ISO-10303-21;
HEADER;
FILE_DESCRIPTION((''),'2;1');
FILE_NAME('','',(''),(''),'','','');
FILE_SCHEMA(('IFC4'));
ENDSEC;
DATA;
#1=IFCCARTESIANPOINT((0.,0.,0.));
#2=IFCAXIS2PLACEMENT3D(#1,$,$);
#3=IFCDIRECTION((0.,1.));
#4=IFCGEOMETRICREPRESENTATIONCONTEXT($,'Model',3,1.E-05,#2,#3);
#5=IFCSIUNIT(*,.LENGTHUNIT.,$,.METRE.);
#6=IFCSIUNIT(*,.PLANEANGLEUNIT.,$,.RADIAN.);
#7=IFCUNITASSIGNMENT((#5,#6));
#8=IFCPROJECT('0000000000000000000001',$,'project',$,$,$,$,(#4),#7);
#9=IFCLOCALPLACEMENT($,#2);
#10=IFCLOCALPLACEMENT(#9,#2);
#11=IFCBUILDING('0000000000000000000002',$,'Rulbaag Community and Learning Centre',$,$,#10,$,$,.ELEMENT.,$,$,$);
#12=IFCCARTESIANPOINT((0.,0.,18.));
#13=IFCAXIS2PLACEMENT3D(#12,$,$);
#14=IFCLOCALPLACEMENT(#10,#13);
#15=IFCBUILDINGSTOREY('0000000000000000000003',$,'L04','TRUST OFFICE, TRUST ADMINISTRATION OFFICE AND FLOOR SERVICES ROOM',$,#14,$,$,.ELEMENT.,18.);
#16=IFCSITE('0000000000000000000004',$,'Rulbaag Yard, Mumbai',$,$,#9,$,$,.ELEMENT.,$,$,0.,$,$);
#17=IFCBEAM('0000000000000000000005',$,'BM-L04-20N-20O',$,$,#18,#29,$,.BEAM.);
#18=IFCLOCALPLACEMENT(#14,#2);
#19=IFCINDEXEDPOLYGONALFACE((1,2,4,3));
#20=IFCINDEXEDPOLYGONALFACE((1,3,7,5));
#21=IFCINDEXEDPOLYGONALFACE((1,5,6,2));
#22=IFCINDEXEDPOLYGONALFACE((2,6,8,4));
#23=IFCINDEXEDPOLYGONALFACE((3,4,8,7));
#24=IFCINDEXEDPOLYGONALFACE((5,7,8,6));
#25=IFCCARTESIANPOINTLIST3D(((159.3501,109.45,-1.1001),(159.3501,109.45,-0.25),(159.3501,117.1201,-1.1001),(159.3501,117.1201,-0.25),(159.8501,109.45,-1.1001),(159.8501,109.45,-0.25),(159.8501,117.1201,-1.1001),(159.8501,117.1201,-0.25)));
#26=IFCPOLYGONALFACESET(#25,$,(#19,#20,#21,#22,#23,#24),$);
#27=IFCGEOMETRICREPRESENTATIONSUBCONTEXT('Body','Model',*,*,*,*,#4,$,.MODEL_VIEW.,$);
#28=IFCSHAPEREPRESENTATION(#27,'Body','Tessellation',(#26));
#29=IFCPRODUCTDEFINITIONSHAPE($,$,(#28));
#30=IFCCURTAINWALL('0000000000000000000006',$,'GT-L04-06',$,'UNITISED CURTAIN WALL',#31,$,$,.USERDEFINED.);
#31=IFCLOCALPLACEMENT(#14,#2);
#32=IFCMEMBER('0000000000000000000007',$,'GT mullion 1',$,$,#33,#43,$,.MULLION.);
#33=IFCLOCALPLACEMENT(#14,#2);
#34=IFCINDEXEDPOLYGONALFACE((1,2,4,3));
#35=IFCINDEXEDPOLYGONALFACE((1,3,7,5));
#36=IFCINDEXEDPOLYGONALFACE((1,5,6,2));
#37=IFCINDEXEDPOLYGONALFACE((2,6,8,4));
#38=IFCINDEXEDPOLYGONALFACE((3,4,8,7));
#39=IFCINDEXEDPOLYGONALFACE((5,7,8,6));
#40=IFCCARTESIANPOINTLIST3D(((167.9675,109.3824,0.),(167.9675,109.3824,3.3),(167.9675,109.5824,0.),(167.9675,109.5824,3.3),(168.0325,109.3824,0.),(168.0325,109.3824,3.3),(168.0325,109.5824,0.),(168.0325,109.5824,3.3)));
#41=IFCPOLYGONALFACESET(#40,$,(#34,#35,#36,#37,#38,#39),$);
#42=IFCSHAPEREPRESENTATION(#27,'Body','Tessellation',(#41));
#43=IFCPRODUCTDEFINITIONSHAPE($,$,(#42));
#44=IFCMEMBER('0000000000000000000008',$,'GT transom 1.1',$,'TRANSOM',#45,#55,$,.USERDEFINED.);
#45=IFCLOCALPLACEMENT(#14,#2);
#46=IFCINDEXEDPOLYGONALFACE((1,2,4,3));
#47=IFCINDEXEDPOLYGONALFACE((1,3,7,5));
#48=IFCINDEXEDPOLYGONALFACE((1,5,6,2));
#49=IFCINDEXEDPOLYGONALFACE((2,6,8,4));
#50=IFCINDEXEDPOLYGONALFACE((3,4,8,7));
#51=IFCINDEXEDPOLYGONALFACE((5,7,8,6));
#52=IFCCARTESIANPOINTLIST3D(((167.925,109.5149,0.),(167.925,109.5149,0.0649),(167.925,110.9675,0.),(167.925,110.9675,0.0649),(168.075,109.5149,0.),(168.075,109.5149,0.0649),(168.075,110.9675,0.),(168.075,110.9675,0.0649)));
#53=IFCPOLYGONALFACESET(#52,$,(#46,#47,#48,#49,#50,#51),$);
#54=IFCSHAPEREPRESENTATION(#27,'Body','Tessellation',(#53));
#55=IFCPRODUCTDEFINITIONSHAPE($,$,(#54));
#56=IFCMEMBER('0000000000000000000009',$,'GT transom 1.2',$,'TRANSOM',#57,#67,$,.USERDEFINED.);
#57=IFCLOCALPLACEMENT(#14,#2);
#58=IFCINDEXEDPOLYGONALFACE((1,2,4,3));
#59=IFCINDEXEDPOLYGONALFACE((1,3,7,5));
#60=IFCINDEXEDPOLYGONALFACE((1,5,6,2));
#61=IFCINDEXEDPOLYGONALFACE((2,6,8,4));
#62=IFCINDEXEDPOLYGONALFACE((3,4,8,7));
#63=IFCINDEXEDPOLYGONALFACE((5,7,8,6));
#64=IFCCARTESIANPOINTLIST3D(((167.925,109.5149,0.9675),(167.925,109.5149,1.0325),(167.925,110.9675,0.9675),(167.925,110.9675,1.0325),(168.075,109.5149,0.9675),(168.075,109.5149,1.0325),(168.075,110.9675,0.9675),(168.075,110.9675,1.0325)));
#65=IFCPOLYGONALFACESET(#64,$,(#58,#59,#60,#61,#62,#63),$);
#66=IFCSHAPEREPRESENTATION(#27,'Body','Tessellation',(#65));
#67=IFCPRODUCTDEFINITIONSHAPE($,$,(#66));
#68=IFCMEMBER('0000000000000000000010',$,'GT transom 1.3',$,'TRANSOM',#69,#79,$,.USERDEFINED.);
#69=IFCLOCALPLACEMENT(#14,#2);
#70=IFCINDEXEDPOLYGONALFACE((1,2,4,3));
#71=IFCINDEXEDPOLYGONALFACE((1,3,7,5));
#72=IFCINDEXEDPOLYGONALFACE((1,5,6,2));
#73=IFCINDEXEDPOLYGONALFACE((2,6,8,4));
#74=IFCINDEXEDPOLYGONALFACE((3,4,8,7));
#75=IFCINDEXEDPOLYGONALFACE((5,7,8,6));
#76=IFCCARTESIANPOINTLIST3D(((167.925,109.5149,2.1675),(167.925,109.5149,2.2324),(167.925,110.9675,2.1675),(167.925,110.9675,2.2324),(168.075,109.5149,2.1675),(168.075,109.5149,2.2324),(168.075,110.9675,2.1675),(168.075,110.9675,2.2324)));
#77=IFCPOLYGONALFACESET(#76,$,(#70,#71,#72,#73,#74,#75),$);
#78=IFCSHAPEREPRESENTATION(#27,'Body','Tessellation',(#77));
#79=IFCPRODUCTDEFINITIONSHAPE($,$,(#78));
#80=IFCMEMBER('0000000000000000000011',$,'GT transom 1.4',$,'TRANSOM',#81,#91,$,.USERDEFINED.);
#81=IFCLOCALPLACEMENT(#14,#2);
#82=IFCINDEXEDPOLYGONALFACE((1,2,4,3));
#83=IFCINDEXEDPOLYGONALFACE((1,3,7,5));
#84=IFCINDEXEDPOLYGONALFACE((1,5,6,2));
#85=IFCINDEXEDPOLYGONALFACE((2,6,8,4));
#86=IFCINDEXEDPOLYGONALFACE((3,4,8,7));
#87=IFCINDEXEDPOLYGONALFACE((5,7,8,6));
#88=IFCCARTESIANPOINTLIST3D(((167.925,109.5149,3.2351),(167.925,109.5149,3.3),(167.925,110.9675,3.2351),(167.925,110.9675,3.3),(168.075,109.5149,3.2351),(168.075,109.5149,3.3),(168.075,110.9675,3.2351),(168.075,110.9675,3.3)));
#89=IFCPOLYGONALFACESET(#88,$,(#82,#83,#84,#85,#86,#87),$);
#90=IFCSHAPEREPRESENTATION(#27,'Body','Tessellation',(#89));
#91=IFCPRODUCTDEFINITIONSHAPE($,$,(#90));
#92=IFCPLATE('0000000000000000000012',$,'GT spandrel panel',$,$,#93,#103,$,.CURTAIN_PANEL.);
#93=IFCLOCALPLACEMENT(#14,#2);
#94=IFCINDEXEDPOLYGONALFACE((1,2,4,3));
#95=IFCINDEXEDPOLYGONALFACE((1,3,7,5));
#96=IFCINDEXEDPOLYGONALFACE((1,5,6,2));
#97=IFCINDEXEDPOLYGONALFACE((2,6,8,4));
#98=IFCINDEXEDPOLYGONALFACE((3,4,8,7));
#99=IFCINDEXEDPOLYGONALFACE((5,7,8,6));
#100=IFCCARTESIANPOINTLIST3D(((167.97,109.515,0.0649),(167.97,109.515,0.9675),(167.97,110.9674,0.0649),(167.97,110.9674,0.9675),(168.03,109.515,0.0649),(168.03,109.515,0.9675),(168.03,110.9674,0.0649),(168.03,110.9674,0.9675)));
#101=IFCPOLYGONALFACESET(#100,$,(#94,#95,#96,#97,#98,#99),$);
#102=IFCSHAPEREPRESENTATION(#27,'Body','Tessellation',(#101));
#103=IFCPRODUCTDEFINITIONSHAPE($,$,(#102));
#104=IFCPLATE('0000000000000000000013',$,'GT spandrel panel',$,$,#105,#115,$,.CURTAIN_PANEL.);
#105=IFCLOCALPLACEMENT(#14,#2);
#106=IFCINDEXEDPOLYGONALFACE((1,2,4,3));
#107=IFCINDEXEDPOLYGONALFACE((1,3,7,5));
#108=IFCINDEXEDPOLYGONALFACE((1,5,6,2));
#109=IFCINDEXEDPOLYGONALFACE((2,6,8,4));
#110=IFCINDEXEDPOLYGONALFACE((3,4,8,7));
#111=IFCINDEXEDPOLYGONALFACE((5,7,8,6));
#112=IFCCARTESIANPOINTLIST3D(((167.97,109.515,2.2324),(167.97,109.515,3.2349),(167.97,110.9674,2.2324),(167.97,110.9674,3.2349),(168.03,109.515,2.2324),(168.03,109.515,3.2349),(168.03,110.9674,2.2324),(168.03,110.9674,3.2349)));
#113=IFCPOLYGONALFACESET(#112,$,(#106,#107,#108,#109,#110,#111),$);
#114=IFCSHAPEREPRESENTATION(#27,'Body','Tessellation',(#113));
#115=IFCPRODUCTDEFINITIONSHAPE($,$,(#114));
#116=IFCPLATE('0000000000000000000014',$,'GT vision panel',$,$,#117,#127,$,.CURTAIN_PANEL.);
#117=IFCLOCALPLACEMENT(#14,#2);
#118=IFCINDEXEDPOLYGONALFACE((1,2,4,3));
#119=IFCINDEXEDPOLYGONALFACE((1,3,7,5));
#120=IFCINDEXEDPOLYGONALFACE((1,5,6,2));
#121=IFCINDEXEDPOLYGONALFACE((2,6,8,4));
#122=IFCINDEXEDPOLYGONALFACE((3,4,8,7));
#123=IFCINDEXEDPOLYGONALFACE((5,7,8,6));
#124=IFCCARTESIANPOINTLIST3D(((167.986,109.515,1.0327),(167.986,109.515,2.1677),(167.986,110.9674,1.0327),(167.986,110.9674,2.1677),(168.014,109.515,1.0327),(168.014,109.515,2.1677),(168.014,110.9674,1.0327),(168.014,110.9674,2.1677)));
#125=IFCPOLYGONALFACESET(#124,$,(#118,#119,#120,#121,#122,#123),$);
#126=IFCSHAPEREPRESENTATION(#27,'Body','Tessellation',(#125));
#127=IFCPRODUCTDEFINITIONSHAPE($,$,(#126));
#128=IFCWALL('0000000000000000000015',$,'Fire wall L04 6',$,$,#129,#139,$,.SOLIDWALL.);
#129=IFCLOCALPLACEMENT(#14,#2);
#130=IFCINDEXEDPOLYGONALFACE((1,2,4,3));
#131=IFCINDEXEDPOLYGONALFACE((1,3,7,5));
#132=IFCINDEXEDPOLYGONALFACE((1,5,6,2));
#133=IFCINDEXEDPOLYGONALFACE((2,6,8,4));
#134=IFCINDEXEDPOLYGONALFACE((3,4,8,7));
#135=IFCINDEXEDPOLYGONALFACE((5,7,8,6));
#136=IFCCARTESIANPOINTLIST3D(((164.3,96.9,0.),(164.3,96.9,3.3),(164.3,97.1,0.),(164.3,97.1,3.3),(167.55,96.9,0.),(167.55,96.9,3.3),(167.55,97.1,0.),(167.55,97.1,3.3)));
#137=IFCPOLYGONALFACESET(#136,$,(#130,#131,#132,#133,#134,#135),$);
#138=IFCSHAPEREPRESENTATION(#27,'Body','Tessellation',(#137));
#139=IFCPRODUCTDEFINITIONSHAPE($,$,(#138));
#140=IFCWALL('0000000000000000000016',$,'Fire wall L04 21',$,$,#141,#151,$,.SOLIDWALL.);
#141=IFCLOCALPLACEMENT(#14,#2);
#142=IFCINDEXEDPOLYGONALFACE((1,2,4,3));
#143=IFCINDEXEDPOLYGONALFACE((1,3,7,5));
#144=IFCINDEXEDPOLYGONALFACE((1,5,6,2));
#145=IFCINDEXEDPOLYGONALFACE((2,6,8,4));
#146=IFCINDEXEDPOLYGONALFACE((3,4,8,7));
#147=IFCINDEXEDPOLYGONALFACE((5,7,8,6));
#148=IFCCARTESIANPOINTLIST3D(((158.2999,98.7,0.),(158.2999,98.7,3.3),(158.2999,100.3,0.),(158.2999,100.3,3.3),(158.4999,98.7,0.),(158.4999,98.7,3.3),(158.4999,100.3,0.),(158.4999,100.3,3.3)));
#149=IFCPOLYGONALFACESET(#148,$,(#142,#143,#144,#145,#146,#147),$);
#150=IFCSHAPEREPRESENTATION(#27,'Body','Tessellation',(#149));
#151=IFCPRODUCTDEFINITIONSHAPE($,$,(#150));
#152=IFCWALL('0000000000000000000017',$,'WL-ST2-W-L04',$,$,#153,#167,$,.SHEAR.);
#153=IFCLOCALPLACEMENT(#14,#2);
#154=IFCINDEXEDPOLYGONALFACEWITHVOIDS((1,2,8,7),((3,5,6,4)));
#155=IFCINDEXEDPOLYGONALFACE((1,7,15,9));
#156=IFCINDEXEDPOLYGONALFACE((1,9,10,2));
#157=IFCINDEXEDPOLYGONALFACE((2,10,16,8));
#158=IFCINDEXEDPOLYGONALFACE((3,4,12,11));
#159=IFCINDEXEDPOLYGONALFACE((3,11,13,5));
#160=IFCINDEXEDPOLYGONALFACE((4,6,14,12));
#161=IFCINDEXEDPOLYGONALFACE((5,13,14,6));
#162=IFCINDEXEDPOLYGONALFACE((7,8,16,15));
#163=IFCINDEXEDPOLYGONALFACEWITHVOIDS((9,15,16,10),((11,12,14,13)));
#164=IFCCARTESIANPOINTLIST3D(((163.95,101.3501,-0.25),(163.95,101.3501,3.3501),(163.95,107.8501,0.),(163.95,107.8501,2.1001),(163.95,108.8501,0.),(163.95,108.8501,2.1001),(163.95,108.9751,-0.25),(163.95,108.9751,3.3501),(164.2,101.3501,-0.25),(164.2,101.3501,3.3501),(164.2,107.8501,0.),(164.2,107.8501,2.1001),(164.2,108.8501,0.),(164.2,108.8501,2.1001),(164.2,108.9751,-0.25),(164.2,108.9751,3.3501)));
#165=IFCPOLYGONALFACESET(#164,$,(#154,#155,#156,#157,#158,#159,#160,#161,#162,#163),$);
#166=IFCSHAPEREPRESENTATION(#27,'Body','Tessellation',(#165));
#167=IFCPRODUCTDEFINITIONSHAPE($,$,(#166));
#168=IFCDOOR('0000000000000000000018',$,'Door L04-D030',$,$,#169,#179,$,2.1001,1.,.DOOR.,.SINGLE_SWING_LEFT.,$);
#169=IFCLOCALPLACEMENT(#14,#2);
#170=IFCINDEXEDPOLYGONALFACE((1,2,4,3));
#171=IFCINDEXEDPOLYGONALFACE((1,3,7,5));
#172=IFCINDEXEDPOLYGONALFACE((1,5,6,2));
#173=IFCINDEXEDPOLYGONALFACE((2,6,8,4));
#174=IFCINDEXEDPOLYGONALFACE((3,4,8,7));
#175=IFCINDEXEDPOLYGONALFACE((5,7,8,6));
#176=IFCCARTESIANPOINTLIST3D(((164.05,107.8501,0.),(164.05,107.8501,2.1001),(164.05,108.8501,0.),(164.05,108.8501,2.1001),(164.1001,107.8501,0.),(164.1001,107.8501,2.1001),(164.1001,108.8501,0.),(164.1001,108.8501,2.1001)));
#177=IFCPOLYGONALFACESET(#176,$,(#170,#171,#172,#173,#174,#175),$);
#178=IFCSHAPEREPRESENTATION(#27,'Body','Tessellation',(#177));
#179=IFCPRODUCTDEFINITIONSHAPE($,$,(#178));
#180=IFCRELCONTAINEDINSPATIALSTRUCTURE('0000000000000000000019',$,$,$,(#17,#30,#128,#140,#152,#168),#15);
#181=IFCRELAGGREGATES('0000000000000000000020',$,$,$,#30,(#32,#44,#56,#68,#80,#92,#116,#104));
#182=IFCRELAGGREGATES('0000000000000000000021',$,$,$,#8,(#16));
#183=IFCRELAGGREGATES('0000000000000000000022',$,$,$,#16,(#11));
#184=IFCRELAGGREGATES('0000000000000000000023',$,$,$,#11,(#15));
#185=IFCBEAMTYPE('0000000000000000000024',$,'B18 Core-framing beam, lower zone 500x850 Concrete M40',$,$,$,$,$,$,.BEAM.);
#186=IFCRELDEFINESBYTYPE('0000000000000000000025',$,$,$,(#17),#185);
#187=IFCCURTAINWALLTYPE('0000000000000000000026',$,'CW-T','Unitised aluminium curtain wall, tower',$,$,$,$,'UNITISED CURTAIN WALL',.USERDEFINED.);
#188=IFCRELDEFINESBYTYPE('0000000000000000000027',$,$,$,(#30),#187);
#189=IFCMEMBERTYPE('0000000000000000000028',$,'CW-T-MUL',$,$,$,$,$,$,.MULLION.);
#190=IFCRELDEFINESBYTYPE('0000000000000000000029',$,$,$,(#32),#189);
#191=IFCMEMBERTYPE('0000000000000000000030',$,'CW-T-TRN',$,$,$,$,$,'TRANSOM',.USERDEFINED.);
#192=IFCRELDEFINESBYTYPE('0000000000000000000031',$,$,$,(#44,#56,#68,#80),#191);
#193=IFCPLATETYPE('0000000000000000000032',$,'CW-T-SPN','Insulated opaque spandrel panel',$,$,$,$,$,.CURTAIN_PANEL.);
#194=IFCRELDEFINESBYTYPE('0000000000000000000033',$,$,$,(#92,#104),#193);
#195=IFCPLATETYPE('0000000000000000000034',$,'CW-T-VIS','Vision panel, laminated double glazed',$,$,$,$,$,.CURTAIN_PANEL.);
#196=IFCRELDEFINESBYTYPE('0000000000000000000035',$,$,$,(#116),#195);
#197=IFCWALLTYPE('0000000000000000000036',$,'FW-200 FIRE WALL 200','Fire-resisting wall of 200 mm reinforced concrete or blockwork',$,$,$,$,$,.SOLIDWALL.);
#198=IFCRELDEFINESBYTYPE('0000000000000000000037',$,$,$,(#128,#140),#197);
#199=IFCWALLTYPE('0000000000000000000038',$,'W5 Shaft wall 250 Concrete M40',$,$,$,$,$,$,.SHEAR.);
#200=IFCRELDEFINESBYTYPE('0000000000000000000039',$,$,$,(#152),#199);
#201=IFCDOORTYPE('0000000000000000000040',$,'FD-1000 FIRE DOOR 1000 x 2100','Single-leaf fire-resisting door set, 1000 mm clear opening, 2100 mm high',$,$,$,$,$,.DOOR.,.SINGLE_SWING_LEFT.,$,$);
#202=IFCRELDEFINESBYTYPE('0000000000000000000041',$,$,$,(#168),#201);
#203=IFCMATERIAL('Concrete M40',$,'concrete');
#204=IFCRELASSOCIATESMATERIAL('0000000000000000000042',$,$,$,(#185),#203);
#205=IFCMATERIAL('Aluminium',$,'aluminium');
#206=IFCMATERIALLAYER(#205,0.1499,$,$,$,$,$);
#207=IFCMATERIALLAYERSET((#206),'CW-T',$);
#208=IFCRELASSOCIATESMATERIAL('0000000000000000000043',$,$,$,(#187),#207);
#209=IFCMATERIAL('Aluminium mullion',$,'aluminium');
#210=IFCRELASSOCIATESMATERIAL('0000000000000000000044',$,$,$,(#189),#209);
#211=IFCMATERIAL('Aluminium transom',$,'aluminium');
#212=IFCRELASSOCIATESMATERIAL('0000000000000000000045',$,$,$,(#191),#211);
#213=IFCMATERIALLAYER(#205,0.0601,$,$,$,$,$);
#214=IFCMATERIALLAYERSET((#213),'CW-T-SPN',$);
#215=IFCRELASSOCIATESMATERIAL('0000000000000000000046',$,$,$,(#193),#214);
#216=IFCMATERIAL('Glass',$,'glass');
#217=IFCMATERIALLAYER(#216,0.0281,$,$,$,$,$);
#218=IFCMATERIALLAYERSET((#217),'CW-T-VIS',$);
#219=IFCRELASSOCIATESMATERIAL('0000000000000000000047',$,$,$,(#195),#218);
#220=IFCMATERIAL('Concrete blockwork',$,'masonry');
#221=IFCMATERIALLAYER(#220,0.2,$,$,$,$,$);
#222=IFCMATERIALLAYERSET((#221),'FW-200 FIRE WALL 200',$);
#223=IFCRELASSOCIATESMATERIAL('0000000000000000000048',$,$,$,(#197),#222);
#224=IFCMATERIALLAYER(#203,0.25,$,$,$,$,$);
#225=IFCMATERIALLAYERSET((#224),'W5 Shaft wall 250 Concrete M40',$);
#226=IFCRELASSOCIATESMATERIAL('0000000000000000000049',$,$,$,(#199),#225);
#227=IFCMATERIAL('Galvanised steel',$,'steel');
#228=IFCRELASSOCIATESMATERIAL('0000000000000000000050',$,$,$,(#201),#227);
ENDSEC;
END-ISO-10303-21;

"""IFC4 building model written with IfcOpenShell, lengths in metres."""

from ifc_helpers import new_model, si_unit, direction, frame, frame_2d, origin, origin_2d, place, context, subcontext, project, spatial, rectangle, extrude, material, layer, layer_set, material_profile, profile_set, type_object, element, fill, aggregate, save


model = new_model("IFC4")

# Units and contexts
model_context = context("Model", 3, precision=1e-05, world=origin(), true_north=direction((0.0, 1.0)))
body_context = subcontext(model_context, "Body", "Model", "MODEL_VIEW")
ifc_project = project(units=[si_unit("LENGTHUNIT", "METRE"), si_unit("PLANEANGLEUNIT", "RADIAN")], contexts=[model_context])

# Site, building, storey
site_placement = place(None, origin())
site = spatial("IfcSite", under=ifc_project, at=site_placement, Name="Rulbaag Yard, Mumbai", CompositionType="ELEMENT", RefElevation=0.0)
building_placement = place(site_placement, origin())
building = spatial("IfcBuilding", under=site, at=building_placement, Name="Rulbaag Community and Learning Centre", CompositionType="ELEMENT")
storey_placement = place(building_placement, frame((0.0, 0.0, 18.0)))
storey = spatial("IfcBuildingStorey", under=building, at=storey_placement, Name="L04", Description="TRUST OFFICE, TRUST ADMINISTRATION OFFICE AND FLOOR SERVICES ROOM", CompositionType="ELEMENT", Elevation=18.0)

# Beam
ifc_material_1 = material(Name="Concrete M40", Category="concrete")
ifc_material_profile_1 = material_profile(ifc_material_1, rectangle(XDim=0.5, YDim=0.8501, at=origin_2d()), Name="RB500x850")
ifc_profile_set_1 = profile_set([ifc_material_profile_1], Name="Concrete M40")
beam_type = type_object("IfcBeamType", Name="B18 Core-framing beam, lower zone 500x850 Concrete M40", PredefinedType="BEAM", material=ifc_profile_set_1)
beam_placement = place(storey_placement, frame((159.6001, 109.45, -0.675), z_axis=(0.0, 1.0, 0.0), x_axis=(-1.0, 0.0, 0.0)))
element("IfcBeam", 1, at=beam_placement, inside=storey, type_object=beam_type, Name="BM-L04-20N-20O", PredefinedType="BEAM", context=body_context, shape_type="SweptSolid", body=[
    extrude(rectangle(XDim=0.5, YDim=0.8501, at=origin_2d()), origin(), (0.0, 0.0, 1.0), 7.6702),
])

# Curtain wall, members, plates
ifc_material_2 = material(Name="Aluminium", Category="aluminium")
ifc_layer_1 = layer(ifc_material_2, 0.1499)
ifc_layer_set_1 = layer_set([ifc_layer_1], Name="CW-T")
curtain_wall_type = type_object("IfcCurtainWallType", Name="CW-T", Description="Unitised aluminium curtain wall, tower", ElementType="UNITISED CURTAIN WALL", PredefinedType="USERDEFINED", material=ifc_layer_set_1)
curtain_wall_placement = place(storey_placement, origin())
curtain_wall = element("IfcCurtainWall", 2, at=curtain_wall_placement, inside=storey, type_object=curtain_wall_type, Name="GT-L04-06", ObjectType="UNITISED CURTAIN WALL", PredefinedType="USERDEFINED")
ifc_material_3 = material(Name="Aluminium mullion", Category="aluminium")
ifc_material_profile_2 = material_profile(ifc_material_3, rectangle(XDim=0.0649, YDim=0.2, at=origin_2d()), Name="AL 65x200")
ifc_profile_set_2 = profile_set([ifc_material_profile_2], Name="Aluminium mullion")
member_type_1 = type_object("IfcMemberType", Name="CW-T-MUL", PredefinedType="MULLION", material=ifc_profile_set_2)
member_1_placement = place(storey_placement, frame((168.0, 109.4824, 0.0), z_axis=(0.0, 0.0, 1.0), x_axis=(-1.0, 0.0, 0.0)))
member_1 = element("IfcMember", 3, at=member_1_placement, type_object=member_type_1, Name="GT mullion 1", PredefinedType="MULLION", context=body_context, shape_type="SweptSolid", body=[
    extrude(rectangle(XDim=0.0649, YDim=0.2, at=origin_2d()), origin(), (0.0, 0.0, 1.0), 3.3),
])
ifc_material_4 = material(Name="Aluminium transom", Category="aluminium")
ifc_material_profile_3 = material_profile(ifc_material_4, rectangle(XDim=0.1499, YDim=0.0649, at=origin_2d()), Name="AL 65x150 T")
ifc_profile_set_3 = profile_set([ifc_material_profile_3], Name="Aluminium transom")
member_type_2 = type_object("IfcMemberType", Name="CW-T-TRN", ElementType="TRANSOM", PredefinedType="USERDEFINED", material=ifc_profile_set_3)
member_2_placement = place(storey_placement, frame((168.0, 109.5149, 0.0325), z_axis=(0.0, 1.0, 0.0), x_axis=(-1.0, 0.0, 0.0)))
member_2 = element("IfcMember", 4, at=member_2_placement, type_object=member_type_2, Name="GT transom 1.1", ObjectType="TRANSOM", PredefinedType="USERDEFINED", context=body_context, shape_type="SweptSolid", body=[
    extrude(rectangle(XDim=0.1499, YDim=0.0649, at=origin_2d()), origin(), (0.0, 0.0, 1.0), 1.4526),
])
member_3_placement = place(storey_placement, frame((168.0, 109.5149, 1.0), z_axis=(0.0, 1.0, 0.0), x_axis=(-1.0, 0.0, 0.0)))
member_3 = element("IfcMember", 5, at=member_3_placement, type_object=member_type_2, Name="GT transom 1.2", ObjectType="TRANSOM", PredefinedType="USERDEFINED", context=body_context, shape_type="SweptSolid", body=[
    extrude(rectangle(XDim=0.1499, YDim=0.0649, at=origin_2d()), origin(), (0.0, 0.0, 1.0), 1.4526),
])
member_4_placement = place(storey_placement, frame((168.0, 109.5149, 2.2), z_axis=(0.0, 1.0, 0.0), x_axis=(-1.0, 0.0, 0.0)))
member_4 = element("IfcMember", 6, at=member_4_placement, type_object=member_type_2, Name="GT transom 1.3", ObjectType="TRANSOM", PredefinedType="USERDEFINED", context=body_context, shape_type="SweptSolid", body=[
    extrude(rectangle(XDim=0.1499, YDim=0.0649, at=origin_2d()), origin(), (0.0, 0.0, 1.0), 1.4526),
])
member_5_placement = place(storey_placement, frame((168.0, 109.5149, 3.2676), z_axis=(0.0, 1.0, 0.0), x_axis=(-1.0, 0.0, 0.0)))
member_5 = element("IfcMember", 7, at=member_5_placement, type_object=member_type_2, Name="GT transom 1.4", ObjectType="TRANSOM", PredefinedType="USERDEFINED", context=body_context, shape_type="SweptSolid", body=[
    extrude(rectangle(XDim=0.1499, YDim=0.0649, at=origin_2d()), origin(), (0.0, 0.0, 1.0), 1.4526),
])
ifc_layer_2 = layer(ifc_material_2, 0.0601)
ifc_layer_set_2 = layer_set([ifc_layer_2], Name="CW-T-SPN")
plate_type_1 = type_object("IfcPlateType", Name="CW-T-SPN", Description="Insulated opaque spandrel panel", PredefinedType="CURTAIN_PANEL", material=ifc_layer_set_2)
plate_1_placement = place(storey_placement, frame((168.0, 110.2412, 0.0649), z_axis=(0.0, 0.0, 1.0), x_axis=(0.0, 1.0, 0.0)))
plate_1 = element("IfcPlate", 8, at=plate_1_placement, type_object=plate_type_1, Name="GT spandrel panel", PredefinedType="CURTAIN_PANEL", context=body_context, shape_type="SweptSolid", body=[
    extrude(rectangle(XDim=1.4524, YDim=0.0601, at=origin_2d()), origin(), (0.0, 0.0, 1.0), 0.9026),
])
plate_2_placement = place(storey_placement, frame((168.0, 110.2412, 2.2324), z_axis=(0.0, 0.0, 1.0), x_axis=(0.0, 1.0, 0.0)))
plate_2 = element("IfcPlate", 9, at=plate_2_placement, type_object=plate_type_1, Name="GT spandrel panel", PredefinedType="CURTAIN_PANEL", context=body_context, shape_type="SweptSolid", body=[
    extrude(rectangle(XDim=1.4524, YDim=0.0601, at=origin_2d()), origin(), (0.0, 0.0, 1.0), 1.0024),
])
ifc_material_5 = material(Name="Glass", Category="glass")
ifc_layer_3 = layer(ifc_material_5, 0.0281)
ifc_layer_set_3 = layer_set([ifc_layer_3], Name="CW-T-VIS")
plate_type_2 = type_object("IfcPlateType", Name="CW-T-VIS", Description="Vision panel, laminated double glazed", PredefinedType="CURTAIN_PANEL", material=ifc_layer_set_3)
plate_3_placement = place(storey_placement, frame((168.0, 110.2412, 1.0327), z_axis=(0.0, 0.0, 1.0), x_axis=(0.0, 1.0, 0.0)))
plate_3 = element("IfcPlate", 10, at=plate_3_placement, type_object=plate_type_2, Name="GT vision panel", PredefinedType="CURTAIN_PANEL", context=body_context, shape_type="SweptSolid", body=[
    extrude(rectangle(XDim=1.4524, YDim=0.0281, at=origin_2d()), origin(), (0.0, 0.0, 1.0), 1.135),
])
aggregate(curtain_wall, [member_1, member_2, member_3, member_4, member_5, plate_1, plate_3, plate_2])

# Walls
ifc_material_6 = material(Name="Concrete blockwork", Category="masonry")
ifc_layer_4 = layer(ifc_material_6, 0.2)
ifc_layer_set_4 = layer_set([ifc_layer_4], Name="FW-200 FIRE WALL 200")
wall_type_1 = type_object("IfcWallType", Name="FW-200 FIRE WALL 200", Description="Fire-resisting wall of 200 mm reinforced concrete or blockwork", PredefinedType="SOLIDWALL", material=ifc_layer_set_4)
wall_1_placement = place(storey_placement, frame((164.3, 97.0, 0.0), z_axis=(0.0, 0.0, 1.0), x_axis=(1.0, 0.0, 0.0)))
element("IfcWall", 11, at=wall_1_placement, inside=storey, type_object=wall_type_1, Name="Fire wall L04 6", PredefinedType="SOLIDWALL", context=body_context, shape_type="SweptSolid", body=[
    extrude(rectangle(XDim=3.25, YDim=0.2, at=frame_2d((1.625, 0.0))), origin(), (0.0, 0.0, 1.0), 3.3),
])
wall_2_placement = place(storey_placement, frame((158.3999, 98.7, 0.0), z_axis=(0.0, 0.0, 1.0), x_axis=(0.0, 1.0, 0.0)))
element("IfcWall", 12, at=wall_2_placement, inside=storey, type_object=wall_type_1, Name="Fire wall L04 21", PredefinedType="SOLIDWALL", context=body_context, shape_type="SweptSolid", body=[
    extrude(rectangle(XDim=1.6001, YDim=0.2, at=frame_2d((0.8, 0.0))), origin(), (0.0, 0.0, 1.0), 3.3),
])

# Wall, opening, door
ifc_layer_5 = layer(ifc_material_1, 0.25)
ifc_layer_set_5 = layer_set([ifc_layer_5], Name="W5 Shaft wall 250 Concrete M40")
wall_type_2 = type_object("IfcWallType", Name="W5 Shaft wall 250 Concrete M40", PredefinedType="SHEAR", material=ifc_layer_set_5)
wall_3_placement = place(storey_placement, frame((164.075, 101.3501, -0.25), z_axis=(0.0, 0.0, 1.0), x_axis=(0.0, 1.0, 0.0)))
wall_3 = element("IfcWall", 13, at=wall_3_placement, inside=storey, type_object=wall_type_2, Name="WL-ST2-W-L04", PredefinedType="SHEAR", context=body_context, shape_type="SweptSolid", body=[
    extrude(rectangle(XDim=7.625, YDim=0.25, at=frame_2d((3.8125, 0.0))), origin(), (0.0, 0.0, 1.0), 3.6001),
])
opening_placement = place(wall_3_placement, frame((6.5, 0.0, 0.25)))
opening = element("IfcOpeningElement", 14, at=opening_placement, cuts=wall_3, PredefinedType="OPENING", context=body_context, shape_type="SweptSolid", body=[
    extrude(rectangle(XDim=1.0, YDim=2.1001, at=frame_2d((0.5, 1.05))), frame((0.0, 0.135, 0.0), z_axis=(0.0, -1.0, 0.0), x_axis=(1.0, 0.0, 0.0)), (0.0, 0.0, 1.0), 0.27),
])
ifc_material_7 = material(Name="Galvanised steel", Category="steel")
door_type = type_object("IfcDoorType", Name="FD-1000 FIRE DOOR 1000 x 2100", Description="Single-leaf fire-resisting door set, 1000 mm clear opening, 2100 mm high", OperationType="SINGLE_SWING_LEFT", PredefinedType="DOOR", material=ifc_material_7)
door_placement = place(opening_placement, origin())
door = element("IfcDoor", 15, at=door_placement, inside=storey, type_object=door_type, Name="Door L04-D030", OperationType="SINGLE_SWING_LEFT", OverallHeight=2.1001, OverallWidth=1.0, PredefinedType="DOOR", context=body_context, shape_type="SweptSolid", body=[
    extrude(rectangle(XDim=1.0, YDim=2.1001, at=frame_2d((0.5, 1.05))), frame((0.0, 0.0249, 0.0), z_axis=(0.0, -1.0, 0.0), x_axis=(1.0, 0.0, 0.0)), (0.0, 0.0, 1.0), 0.05),
])
fill(opening, door)

save(model, "model.ifc")
